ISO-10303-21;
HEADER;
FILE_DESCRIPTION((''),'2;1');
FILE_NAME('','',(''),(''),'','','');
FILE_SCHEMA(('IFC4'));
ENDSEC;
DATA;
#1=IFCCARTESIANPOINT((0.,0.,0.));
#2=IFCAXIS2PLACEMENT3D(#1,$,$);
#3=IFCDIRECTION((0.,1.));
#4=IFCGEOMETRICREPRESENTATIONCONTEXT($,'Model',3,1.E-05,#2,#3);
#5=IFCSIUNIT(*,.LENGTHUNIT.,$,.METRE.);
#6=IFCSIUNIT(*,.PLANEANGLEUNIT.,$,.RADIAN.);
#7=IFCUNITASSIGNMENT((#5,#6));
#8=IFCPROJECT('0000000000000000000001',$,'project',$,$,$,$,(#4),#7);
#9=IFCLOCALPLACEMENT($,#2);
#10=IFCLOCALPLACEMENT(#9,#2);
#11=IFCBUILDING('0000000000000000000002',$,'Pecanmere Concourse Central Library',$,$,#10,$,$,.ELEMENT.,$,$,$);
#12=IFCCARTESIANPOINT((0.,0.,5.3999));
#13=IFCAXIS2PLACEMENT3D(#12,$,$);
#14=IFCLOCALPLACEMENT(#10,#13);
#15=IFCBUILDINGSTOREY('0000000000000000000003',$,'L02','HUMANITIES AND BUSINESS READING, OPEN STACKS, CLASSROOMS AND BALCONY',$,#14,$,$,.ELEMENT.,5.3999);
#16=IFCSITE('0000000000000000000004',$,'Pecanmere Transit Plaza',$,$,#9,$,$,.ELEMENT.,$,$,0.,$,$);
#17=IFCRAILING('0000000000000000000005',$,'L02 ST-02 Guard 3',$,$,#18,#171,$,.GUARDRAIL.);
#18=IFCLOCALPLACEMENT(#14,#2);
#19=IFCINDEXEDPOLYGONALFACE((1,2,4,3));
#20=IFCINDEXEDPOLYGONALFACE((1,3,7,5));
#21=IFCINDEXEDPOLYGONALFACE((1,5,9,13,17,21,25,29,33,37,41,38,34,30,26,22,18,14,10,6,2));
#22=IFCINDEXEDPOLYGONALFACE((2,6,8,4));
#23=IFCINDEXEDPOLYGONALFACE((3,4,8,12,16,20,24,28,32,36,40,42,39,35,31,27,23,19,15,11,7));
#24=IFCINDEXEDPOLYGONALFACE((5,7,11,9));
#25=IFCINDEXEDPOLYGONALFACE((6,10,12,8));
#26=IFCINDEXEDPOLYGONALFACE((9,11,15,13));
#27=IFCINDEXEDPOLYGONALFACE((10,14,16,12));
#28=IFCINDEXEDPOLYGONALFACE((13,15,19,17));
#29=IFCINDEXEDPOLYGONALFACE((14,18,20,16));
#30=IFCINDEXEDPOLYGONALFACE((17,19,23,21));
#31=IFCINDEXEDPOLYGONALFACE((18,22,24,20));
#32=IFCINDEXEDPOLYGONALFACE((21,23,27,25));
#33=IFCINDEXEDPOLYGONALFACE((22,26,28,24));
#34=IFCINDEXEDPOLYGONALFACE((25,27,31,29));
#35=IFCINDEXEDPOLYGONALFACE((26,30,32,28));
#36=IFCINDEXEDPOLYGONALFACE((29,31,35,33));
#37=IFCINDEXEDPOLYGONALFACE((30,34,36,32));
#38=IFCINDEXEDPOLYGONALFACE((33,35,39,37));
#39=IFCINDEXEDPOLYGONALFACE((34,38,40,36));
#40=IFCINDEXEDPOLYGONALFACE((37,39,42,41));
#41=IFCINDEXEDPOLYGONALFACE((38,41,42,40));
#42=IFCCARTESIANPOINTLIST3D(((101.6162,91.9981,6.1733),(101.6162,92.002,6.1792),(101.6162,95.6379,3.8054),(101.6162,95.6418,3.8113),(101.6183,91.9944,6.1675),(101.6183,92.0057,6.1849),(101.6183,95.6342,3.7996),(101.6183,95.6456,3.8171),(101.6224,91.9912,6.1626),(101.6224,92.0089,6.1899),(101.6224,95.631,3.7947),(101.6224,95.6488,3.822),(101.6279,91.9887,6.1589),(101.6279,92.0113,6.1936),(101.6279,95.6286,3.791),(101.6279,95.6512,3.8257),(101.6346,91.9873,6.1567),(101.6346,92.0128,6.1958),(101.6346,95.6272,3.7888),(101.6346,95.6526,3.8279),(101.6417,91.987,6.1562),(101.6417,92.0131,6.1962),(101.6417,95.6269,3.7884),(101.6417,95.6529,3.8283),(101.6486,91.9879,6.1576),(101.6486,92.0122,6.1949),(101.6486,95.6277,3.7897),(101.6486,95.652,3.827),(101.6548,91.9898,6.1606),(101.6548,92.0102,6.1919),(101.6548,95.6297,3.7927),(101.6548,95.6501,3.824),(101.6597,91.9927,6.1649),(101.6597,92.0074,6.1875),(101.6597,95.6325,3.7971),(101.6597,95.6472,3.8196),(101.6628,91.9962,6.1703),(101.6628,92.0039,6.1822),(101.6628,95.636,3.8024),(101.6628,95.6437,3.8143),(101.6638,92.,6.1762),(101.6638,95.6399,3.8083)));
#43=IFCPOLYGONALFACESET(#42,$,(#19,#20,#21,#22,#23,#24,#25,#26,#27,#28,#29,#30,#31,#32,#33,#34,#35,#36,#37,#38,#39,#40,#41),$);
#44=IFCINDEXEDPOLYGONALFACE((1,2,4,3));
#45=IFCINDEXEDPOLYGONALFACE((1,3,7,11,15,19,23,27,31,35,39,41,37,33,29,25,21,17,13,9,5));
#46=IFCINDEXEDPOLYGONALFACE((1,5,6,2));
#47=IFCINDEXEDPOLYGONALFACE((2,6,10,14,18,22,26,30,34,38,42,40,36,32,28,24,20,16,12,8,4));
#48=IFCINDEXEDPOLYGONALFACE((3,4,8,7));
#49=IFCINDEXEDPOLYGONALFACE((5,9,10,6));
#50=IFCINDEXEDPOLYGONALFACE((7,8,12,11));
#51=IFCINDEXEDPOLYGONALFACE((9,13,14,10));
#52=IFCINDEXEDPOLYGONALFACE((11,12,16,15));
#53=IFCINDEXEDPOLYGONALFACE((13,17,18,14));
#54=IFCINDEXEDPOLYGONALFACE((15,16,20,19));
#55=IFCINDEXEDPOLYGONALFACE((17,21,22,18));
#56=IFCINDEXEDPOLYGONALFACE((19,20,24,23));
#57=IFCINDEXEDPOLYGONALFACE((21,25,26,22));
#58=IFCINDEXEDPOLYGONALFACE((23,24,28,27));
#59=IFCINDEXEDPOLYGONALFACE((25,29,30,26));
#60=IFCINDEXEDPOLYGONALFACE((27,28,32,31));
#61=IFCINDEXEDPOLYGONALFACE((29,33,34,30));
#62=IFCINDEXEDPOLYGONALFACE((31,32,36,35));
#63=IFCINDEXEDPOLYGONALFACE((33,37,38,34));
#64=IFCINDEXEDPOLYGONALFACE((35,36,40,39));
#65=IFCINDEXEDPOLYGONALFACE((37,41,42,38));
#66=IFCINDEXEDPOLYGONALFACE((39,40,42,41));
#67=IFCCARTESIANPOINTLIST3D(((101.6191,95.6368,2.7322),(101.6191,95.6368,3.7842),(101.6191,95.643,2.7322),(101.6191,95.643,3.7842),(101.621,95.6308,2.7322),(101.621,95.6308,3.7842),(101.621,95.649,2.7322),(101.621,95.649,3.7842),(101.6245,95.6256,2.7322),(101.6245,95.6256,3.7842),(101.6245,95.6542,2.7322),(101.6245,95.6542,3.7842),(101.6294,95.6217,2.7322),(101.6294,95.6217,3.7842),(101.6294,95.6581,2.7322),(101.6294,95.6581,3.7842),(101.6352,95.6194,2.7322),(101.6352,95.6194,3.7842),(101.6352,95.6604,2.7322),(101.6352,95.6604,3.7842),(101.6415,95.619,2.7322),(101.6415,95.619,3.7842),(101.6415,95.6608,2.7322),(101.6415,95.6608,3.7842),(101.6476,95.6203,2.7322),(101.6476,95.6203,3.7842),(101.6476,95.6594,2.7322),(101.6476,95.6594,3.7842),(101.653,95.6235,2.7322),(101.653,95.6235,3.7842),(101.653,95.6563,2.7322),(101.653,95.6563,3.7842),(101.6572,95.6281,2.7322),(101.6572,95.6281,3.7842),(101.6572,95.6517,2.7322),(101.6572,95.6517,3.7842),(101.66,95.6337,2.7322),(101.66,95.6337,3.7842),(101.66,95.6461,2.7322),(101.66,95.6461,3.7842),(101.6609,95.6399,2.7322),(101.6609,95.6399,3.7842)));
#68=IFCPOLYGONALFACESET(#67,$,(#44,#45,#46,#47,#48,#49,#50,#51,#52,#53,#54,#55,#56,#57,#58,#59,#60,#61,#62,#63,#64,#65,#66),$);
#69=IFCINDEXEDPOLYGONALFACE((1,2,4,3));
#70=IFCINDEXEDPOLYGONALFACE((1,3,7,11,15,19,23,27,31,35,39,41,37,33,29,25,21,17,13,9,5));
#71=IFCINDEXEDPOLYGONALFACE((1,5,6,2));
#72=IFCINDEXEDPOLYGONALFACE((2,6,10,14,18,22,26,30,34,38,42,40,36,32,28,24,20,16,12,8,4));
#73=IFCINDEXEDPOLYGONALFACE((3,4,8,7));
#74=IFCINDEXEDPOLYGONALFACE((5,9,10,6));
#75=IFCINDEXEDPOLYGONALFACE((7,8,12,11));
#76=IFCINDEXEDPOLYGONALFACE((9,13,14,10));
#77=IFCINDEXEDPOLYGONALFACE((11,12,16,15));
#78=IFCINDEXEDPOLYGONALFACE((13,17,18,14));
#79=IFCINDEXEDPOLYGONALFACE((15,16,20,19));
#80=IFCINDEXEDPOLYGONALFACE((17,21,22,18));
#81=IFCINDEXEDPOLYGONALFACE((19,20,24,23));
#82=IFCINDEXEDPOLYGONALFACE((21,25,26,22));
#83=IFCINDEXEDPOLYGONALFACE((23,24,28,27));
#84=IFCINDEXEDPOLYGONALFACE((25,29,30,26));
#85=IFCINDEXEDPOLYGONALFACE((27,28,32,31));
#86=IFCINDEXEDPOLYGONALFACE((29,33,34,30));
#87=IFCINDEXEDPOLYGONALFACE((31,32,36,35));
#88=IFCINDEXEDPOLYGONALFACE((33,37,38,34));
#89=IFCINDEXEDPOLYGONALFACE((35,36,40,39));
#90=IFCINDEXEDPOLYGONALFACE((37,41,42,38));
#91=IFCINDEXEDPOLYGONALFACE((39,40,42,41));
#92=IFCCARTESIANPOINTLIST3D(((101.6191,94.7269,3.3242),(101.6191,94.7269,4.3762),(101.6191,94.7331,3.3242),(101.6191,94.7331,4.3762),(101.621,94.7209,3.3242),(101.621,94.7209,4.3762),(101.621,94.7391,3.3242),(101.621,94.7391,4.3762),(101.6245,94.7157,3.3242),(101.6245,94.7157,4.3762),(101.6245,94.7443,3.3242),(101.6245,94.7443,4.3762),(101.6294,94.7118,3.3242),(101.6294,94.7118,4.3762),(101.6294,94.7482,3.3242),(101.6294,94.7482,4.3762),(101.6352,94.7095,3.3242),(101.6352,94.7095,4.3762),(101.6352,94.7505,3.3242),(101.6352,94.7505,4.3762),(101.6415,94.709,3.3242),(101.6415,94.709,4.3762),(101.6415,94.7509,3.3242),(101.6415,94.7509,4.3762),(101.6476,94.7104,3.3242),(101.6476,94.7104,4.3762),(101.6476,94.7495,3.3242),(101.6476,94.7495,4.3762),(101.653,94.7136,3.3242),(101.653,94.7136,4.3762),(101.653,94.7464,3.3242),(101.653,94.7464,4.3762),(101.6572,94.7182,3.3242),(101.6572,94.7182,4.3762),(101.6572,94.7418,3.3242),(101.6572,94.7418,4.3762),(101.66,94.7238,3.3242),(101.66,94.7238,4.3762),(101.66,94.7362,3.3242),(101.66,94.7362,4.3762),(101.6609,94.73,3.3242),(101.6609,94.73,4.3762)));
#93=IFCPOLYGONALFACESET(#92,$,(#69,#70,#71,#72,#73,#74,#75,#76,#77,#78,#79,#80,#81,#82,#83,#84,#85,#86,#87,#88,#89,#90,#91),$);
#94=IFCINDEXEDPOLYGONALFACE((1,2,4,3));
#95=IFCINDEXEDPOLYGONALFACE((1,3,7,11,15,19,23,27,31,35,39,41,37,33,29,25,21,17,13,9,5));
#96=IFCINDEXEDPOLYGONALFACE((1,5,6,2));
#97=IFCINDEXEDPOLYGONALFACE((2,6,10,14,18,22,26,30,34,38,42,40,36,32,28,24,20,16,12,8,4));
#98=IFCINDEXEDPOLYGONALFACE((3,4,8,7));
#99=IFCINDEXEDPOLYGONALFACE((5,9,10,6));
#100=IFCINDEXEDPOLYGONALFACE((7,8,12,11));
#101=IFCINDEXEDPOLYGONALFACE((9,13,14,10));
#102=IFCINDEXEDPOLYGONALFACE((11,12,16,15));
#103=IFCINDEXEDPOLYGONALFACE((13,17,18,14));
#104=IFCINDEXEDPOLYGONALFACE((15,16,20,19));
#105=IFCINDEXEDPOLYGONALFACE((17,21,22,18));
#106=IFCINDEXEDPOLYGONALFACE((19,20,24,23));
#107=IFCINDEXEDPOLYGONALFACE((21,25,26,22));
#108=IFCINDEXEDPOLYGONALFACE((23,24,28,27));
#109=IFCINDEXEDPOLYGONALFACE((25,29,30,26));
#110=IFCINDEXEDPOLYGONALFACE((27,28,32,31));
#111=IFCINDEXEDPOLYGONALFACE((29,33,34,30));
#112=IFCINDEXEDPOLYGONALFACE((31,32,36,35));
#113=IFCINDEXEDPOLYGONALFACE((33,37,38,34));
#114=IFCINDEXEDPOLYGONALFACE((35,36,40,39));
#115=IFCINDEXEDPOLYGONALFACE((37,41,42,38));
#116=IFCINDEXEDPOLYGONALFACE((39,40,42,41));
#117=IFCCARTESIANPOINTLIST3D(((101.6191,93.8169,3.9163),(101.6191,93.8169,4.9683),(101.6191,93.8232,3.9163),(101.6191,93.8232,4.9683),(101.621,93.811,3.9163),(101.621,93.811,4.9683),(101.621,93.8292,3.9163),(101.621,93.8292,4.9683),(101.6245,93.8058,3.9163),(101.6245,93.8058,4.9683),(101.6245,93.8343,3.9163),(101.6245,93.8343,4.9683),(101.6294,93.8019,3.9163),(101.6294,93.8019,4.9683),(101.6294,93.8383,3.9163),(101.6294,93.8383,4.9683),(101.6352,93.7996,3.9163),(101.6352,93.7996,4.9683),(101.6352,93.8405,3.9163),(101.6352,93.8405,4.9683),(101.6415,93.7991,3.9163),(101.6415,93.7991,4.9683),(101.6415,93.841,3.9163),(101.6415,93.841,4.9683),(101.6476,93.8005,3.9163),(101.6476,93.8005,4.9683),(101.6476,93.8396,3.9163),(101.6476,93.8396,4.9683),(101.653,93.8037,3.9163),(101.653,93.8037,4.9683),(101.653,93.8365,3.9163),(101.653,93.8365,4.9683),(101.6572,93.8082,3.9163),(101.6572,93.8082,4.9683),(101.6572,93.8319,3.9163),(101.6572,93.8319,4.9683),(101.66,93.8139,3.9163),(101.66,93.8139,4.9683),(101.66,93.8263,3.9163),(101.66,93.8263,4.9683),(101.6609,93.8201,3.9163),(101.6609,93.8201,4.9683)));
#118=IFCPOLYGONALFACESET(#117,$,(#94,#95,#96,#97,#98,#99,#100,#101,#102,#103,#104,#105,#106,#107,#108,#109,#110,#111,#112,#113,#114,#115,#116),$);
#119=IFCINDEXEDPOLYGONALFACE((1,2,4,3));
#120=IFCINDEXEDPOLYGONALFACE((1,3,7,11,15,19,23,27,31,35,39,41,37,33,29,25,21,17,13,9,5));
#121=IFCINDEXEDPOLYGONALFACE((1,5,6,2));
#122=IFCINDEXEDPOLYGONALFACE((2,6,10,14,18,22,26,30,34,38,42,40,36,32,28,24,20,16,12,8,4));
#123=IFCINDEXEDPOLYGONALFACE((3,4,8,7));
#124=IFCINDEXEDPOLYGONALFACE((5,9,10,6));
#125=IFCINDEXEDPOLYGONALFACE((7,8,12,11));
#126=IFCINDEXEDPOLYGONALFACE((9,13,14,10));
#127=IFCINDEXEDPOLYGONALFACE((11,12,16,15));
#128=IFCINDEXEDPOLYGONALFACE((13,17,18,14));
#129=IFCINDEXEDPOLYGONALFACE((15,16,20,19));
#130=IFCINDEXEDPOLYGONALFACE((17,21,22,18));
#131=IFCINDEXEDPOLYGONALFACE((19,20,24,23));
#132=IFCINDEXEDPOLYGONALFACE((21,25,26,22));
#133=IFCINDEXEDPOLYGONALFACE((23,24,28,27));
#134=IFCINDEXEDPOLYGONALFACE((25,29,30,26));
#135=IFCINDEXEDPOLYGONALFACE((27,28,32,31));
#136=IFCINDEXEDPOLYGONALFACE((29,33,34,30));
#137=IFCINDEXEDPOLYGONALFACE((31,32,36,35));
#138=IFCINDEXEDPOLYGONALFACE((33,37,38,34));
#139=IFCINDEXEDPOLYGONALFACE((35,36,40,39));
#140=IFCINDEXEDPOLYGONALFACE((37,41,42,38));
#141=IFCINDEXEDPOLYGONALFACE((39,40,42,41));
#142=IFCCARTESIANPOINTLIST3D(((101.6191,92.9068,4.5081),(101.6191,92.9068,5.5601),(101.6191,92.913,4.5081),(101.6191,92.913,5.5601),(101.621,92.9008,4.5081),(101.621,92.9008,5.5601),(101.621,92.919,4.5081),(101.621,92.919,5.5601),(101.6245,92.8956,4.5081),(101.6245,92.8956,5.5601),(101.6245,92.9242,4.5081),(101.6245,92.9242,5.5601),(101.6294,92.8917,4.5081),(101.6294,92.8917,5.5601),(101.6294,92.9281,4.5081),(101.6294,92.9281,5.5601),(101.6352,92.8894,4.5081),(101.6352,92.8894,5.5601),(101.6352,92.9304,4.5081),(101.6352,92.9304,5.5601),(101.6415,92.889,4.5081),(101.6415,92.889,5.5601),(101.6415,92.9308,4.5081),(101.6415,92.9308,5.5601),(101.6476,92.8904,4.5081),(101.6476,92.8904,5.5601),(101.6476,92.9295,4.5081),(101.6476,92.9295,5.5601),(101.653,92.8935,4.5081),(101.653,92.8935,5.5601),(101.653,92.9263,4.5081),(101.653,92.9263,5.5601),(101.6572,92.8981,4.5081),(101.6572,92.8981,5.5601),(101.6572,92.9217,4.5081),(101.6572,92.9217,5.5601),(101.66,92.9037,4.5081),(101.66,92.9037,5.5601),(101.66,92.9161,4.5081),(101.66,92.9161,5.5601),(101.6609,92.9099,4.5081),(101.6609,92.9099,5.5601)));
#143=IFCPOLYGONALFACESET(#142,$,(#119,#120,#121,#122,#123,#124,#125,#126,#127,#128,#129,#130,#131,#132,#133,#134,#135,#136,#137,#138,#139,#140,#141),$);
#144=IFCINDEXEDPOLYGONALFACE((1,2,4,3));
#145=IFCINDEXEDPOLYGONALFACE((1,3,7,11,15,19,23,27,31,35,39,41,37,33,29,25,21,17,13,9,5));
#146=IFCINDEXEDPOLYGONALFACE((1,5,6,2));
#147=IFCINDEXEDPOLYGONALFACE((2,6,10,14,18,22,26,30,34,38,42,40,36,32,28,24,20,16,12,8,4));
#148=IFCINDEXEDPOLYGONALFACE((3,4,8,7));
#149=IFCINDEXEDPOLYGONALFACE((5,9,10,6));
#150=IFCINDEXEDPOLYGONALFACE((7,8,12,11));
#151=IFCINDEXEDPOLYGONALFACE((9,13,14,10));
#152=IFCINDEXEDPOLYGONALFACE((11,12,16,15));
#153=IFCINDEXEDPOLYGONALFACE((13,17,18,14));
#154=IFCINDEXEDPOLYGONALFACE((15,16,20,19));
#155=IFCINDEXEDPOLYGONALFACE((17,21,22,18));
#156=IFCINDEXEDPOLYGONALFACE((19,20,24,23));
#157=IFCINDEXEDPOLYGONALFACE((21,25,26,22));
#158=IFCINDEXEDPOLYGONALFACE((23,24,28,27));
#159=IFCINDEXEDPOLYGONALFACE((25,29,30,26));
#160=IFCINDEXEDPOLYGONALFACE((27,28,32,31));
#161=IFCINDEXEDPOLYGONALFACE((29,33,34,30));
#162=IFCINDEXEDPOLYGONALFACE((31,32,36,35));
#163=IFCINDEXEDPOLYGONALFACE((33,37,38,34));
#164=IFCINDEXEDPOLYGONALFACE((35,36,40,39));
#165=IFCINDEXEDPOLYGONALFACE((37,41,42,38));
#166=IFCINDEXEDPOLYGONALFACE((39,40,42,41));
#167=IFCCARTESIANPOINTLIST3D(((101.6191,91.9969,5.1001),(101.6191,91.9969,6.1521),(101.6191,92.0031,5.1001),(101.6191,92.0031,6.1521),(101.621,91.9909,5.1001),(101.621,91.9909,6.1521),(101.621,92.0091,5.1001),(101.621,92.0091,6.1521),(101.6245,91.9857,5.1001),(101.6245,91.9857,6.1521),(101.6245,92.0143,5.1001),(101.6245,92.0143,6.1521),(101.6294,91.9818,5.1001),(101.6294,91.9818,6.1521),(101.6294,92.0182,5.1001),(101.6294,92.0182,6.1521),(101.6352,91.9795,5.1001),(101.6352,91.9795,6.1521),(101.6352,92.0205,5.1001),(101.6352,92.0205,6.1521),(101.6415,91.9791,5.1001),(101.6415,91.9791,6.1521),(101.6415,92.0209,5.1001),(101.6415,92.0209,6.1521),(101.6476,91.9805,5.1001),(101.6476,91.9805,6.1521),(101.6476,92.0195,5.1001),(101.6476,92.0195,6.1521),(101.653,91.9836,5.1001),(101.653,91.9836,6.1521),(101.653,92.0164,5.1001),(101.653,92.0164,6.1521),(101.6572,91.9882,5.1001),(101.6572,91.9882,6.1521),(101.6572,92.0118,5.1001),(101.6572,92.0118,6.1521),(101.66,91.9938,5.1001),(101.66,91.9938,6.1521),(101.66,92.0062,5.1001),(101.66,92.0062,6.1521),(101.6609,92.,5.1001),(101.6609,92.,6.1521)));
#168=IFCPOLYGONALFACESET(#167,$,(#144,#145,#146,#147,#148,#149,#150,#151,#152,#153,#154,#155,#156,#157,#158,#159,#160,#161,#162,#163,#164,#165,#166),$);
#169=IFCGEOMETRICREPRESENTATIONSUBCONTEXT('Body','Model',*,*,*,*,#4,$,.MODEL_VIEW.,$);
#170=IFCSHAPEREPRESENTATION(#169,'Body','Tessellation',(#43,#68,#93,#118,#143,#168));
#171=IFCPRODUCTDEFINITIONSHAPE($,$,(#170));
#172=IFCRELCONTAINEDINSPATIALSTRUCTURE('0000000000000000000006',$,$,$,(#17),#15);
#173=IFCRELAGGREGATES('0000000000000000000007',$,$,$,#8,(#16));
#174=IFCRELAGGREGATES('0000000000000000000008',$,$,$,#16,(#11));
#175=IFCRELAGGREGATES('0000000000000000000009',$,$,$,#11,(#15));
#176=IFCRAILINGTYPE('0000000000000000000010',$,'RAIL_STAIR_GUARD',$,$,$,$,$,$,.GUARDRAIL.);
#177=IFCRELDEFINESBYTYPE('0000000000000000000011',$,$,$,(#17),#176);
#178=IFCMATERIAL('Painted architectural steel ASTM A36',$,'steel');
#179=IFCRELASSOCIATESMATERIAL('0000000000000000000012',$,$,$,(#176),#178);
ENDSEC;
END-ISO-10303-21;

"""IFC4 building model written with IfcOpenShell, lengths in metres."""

from ifc_helpers import new_model, si_unit, direction, frame, origin, origin_2d, place, context, subcontext, project, spatial, circle, extrude, material, type_object, element, save


model = new_model("IFC4")

# Units and contexts
model_context = context("Model", 3, precision=1e-05, world=origin(), true_north=direction((0.0, 1.0)))
body_context = subcontext(model_context, "Body", "Model", "MODEL_VIEW")
ifc_project = project(units=[si_unit("LENGTHUNIT", "METRE"), si_unit("PLANEANGLEUNIT", "RADIAN")], contexts=[model_context])

# Site, building, storey
site_placement = place(None, origin())
site = spatial("IfcSite", under=ifc_project, at=site_placement, Name="Pecanmere Transit Plaza", CompositionType="ELEMENT", RefElevation=0.0)
building_placement = place(site_placement, origin())
building = spatial("IfcBuilding", under=site, at=building_placement, Name="Pecanmere Concourse Central Library", CompositionType="ELEMENT")
storey_placement = place(building_placement, frame((0.0, 0.0, 5.3999)))
storey = spatial("IfcBuildingStorey", under=building, at=storey_placement, Name="L02", Description="HUMANITIES AND BUSINESS READING, OPEN STACKS, CLASSROOMS AND BALCONY", CompositionType="ELEMENT", Elevation=5.3999)

# Railing
ifc_material_1 = material(Name="Painted architectural steel ASTM A36", Category="steel")
railing_type_1 = type_object("IfcRailingType", Name="RAIL_STAIR_GUARD", PredefinedType="GUARDRAIL", material=ifc_material_1)
railing_1_placement = place(storey_placement, frame((101.6399, 95.6399, 2.7322)))
element("IfcRailing", 1, at=railing_1_placement, inside=storey, type_object=railing_type_1, Name="L02 ST-02 Guard 3", PredefinedType="GUARDRAIL", context=body_context, shape_type="SweptSolid", body=[
    extrude(circle(Radius=0.0239, at=origin_2d()), frame((0.0, 0.0, 1.0762), z_axis=(0.0, -0.838234, 0.54531), x_axis=(1.0, 0.0, 0.0)), (0.0, 0.0, 1.0), 4.3423),
    extrude(circle(Radius=0.021, at=origin_2d()), origin(), (0.0, 0.0, 1.0), 1.052),
    extrude(circle(Radius=0.021, at=origin_2d()), frame((0.0, -0.9099, 0.592)), (0.0, 0.0, 1.0), 1.052),
    extrude(circle(Radius=0.021, at=origin_2d()), frame((0.0, -1.8198, 1.1841)), (0.0, 0.0, 1.0), 1.052),
    extrude(circle(Radius=0.021, at=origin_2d()), frame((0.0, -2.73, 1.7759)), (0.0, 0.0, 1.0), 1.052),
    extrude(circle(Radius=0.021, at=origin_2d()), frame((0.0, -3.6399, 2.3679)), (0.0, 0.0, 1.0), 1.052),
])

save(model, "model.ifc")
